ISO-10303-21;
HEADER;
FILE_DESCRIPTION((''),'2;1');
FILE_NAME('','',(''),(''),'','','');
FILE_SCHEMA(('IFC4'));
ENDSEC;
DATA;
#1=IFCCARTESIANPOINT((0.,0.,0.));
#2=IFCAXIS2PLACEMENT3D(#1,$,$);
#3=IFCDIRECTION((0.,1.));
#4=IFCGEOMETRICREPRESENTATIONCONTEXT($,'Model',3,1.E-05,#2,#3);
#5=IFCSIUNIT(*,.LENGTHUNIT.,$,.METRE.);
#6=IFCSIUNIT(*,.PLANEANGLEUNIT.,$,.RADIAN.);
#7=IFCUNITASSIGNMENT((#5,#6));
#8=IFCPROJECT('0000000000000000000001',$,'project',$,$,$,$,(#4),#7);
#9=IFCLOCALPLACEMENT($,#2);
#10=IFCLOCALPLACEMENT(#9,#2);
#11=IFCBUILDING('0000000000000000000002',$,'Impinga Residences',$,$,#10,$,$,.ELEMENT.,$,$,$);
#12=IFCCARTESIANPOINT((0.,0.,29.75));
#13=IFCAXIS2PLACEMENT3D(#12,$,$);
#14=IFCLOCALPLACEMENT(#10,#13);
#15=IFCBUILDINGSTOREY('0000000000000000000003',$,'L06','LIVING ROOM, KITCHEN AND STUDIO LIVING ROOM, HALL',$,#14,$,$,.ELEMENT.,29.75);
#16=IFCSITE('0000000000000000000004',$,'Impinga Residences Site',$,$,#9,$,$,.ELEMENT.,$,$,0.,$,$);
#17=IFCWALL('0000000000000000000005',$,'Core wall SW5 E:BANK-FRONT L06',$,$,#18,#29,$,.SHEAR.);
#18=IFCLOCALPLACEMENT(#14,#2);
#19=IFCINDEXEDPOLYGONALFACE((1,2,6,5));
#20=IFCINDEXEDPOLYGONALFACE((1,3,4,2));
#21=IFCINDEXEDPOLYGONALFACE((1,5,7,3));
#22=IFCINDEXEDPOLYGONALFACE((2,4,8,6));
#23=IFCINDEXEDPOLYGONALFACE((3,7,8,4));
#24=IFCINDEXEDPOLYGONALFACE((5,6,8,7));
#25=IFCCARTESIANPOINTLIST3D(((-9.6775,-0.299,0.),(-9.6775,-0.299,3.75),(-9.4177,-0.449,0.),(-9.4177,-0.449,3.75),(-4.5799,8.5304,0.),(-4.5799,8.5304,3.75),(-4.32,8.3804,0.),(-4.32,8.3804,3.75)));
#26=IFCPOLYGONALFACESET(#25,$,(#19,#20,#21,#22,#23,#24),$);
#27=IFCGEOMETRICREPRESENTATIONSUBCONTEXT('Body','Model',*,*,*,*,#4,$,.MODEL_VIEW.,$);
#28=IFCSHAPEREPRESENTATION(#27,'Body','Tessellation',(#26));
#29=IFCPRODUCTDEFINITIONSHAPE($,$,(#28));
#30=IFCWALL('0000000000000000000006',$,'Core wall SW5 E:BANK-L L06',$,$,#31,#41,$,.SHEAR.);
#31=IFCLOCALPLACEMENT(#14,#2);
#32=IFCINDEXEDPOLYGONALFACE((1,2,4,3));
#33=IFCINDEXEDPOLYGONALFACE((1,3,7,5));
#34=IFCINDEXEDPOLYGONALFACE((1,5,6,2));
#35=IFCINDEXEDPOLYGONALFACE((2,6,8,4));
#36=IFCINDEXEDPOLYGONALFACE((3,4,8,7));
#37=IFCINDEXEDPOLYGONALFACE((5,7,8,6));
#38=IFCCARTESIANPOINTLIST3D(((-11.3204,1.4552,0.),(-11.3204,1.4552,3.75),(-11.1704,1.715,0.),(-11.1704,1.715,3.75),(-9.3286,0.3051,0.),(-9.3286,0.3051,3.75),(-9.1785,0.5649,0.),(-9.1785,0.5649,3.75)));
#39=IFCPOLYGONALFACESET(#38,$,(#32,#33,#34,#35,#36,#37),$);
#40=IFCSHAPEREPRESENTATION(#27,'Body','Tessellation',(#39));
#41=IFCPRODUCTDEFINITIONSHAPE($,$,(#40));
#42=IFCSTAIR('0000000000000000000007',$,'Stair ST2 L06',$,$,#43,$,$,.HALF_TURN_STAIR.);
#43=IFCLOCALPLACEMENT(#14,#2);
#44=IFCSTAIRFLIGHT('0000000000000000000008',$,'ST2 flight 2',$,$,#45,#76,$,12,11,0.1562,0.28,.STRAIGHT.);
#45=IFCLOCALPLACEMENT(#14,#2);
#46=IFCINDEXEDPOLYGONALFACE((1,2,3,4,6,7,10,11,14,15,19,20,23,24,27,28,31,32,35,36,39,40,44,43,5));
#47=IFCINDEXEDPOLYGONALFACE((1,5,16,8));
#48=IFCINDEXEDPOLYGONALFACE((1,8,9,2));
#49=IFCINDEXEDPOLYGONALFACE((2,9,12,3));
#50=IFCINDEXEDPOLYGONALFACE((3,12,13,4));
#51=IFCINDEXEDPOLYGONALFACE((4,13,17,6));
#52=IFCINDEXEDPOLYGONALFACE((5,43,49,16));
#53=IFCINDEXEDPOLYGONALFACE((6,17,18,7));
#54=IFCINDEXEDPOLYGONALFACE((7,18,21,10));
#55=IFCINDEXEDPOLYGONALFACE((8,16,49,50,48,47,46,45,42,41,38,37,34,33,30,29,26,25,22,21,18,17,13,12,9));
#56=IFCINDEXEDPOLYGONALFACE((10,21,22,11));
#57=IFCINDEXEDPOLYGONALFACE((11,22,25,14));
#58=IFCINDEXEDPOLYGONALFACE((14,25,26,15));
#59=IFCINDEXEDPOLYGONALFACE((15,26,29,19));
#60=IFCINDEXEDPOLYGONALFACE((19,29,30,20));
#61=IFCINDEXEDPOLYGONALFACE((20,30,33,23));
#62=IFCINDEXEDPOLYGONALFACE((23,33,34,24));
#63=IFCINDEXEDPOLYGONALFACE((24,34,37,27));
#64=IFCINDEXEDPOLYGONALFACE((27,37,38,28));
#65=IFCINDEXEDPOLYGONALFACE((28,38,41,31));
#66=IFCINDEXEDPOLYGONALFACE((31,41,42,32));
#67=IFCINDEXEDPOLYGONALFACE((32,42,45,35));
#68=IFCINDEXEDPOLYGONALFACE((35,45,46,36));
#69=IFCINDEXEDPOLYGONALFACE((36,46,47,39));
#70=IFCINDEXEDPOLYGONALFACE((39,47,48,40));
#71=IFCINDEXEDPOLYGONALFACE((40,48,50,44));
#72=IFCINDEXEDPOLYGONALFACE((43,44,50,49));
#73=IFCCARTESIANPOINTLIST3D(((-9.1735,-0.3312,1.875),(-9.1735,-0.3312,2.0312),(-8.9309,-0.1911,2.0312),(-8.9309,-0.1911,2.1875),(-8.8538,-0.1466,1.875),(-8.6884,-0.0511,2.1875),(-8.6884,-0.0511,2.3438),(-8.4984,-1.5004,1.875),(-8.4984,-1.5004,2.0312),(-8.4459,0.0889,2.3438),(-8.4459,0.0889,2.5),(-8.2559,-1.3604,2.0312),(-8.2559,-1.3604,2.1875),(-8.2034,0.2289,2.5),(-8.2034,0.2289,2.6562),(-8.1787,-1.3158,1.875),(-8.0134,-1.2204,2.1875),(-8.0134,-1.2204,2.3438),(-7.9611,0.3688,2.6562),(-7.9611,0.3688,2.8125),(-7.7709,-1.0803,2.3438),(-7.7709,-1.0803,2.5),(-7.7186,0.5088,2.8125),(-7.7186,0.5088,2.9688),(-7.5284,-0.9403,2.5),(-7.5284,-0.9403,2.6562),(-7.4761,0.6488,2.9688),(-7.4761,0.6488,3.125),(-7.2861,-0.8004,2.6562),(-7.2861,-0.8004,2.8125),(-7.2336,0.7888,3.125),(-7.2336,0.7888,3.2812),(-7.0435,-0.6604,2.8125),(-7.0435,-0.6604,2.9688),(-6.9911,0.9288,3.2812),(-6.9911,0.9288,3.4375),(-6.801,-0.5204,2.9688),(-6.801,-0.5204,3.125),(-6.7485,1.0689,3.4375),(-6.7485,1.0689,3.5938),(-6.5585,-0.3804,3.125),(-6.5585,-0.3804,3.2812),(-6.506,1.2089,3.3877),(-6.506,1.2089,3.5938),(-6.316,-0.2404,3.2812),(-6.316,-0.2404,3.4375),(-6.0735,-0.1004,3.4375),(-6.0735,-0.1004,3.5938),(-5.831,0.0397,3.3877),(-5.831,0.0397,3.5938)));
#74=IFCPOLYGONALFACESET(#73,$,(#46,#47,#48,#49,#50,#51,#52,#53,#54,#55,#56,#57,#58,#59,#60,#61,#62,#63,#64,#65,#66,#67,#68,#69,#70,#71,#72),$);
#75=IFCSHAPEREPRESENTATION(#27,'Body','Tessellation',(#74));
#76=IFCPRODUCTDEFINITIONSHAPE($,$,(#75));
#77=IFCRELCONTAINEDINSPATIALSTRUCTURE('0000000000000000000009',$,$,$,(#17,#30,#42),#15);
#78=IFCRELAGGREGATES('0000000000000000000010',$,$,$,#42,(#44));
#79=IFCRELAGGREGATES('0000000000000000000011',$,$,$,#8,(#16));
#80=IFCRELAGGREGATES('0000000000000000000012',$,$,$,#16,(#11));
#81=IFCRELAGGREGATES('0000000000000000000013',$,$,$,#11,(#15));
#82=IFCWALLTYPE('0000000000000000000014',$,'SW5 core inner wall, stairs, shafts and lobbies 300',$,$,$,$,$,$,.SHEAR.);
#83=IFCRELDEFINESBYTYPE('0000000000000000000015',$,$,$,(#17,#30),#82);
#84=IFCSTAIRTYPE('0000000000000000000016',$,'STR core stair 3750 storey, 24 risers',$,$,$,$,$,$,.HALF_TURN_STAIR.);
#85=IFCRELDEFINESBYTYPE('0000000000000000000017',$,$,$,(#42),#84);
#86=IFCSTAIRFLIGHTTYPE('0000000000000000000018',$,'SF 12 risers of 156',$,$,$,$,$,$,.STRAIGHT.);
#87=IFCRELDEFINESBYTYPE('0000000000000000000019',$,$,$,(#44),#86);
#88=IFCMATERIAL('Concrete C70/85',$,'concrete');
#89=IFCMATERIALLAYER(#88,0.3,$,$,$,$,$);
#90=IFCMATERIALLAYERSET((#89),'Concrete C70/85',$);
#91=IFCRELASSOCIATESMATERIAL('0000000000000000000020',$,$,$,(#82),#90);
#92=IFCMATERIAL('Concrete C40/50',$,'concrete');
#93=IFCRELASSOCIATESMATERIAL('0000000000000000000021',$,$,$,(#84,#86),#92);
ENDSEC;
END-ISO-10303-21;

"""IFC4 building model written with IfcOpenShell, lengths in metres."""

from ifc_helpers import new_model, si_unit, direction, frame, frame_2d, origin, place, context, subcontext, project, spatial, polyline, rectangle, outline, extrude, material, layer, layer_set, type_object, element, aggregate, save


model = new_model("IFC4")

# Units and contexts
model_context = context("Model", 3, precision=1e-05, world=origin(), true_north=direction((0.0, 1.0)))
body_context = subcontext(model_context, "Body", "Model", "MODEL_VIEW")
ifc_project = project(units=[si_unit("LENGTHUNIT", "METRE"), si_unit("PLANEANGLEUNIT", "RADIAN")], contexts=[model_context])

# Site, building, storey
site_placement = place(None, origin())
site = spatial("IfcSite", under=ifc_project, at=site_placement, Name="Impinga Residences Site", CompositionType="ELEMENT", RefElevation=0.0)
building_placement = place(site_placement, origin())
building = spatial("IfcBuilding", under=site, at=building_placement, Name="Impinga Residences", CompositionType="ELEMENT")
storey_placement = place(building_placement, frame((0.0, 0.0, 29.75)))
storey = spatial("IfcBuildingStorey", under=building, at=storey_placement, Name="L06", Description="LIVING ROOM, KITCHEN AND STUDIO LIVING ROOM, HALL", CompositionType="ELEMENT", Elevation=29.75)

# Shared definitions
ifc_material_1 = material(Name="Concrete C70/85", Category="concrete")

# Walls
ifc_layer_1 = layer(ifc_material_1, 0.3)
ifc_layer_set_1 = layer_set([ifc_layer_1], Name="Concrete C70/85")
wall_type_1 = type_object("IfcWallType", Name="SW5 core inner wall, stairs, shafts and lobbies 300", PredefinedType="SHEAR", material=ifc_layer_set_1)
wall_1_placement = place(storey_placement, frame((-9.5476, -0.374, 0.0), z_axis=(0.0, 0.0, 1.0), x_axis=(0.500002, 0.866024, 0.0)))
element("IfcWall", 1, at=wall_1_placement, inside=storey, type_object=wall_type_1, Name="Core wall SW5 E:BANK-FRONT L06", PredefinedType="SHEAR", context=body_context, shape_type="SweptSolid", body=[
    extrude(rectangle(XDim=10.1953, YDim=0.3, at=frame_2d((5.0977, 0.0))), origin(), (0.0, 0.0, 1.0), 3.75),
])
wall_2_placement = place(storey_placement, frame((-9.2537, 0.4351, 0.0), z_axis=(0.0, 0.0, 1.0), x_axis=(-0.866007, 0.500032, 0.0)))
element("IfcWall", 2, at=wall_2_placement, inside=storey, type_object=wall_type_1, Name="Core wall SW5 E:BANK-L L06", PredefinedType="SHEAR", context=body_context, shape_type="SweptSolid", body=[
    extrude(rectangle(XDim=2.3, YDim=0.3, at=frame_2d((1.1499, 0.0))), origin(), (0.0, 0.0, 1.0), 3.75),
])

# Stair, stair flight
ifc_material_2 = material(Name="Concrete C40/50", Category="concrete")
stair_type = type_object("IfcStairType", Name="STR core stair 3750 storey, 24 risers", PredefinedType="HALF_TURN_STAIR", material=ifc_material_2)
stair_placement = place(storey_placement, origin())
stair = element("IfcStair", 3, at=stair_placement, inside=storey, type_object=stair_type, Name="Stair ST2 L06", PredefinedType="HALF_TURN_STAIR")
stair_flight_type = type_object("IfcStairFlightType", Name="SF 12 risers of 156", PredefinedType="STRAIGHT", material=ifc_material_2)
stair_flight_placement = place(storey_placement, frame((-8.8359, -0.9158, 1.875), z_axis=(0.0, 0.0, 1.0), x_axis=(0.866025, 0.5, 0.0)))
stair_flight = element("IfcStairFlight", 4, at=stair_flight_placement, type_object=stair_flight_type, Name="ST2 flight 2", NumberOfRisers=12, NumberOfTreads=11, PredefinedType="STRAIGHT", RiserHeight=0.1562, TreadLength=0.28, context=body_context, shape_type="SweptSolid", body=[
    extrude(outline(polyline([(0.0, 0.0), (0.0, 0.1562), (0.28, 0.1562), (0.28, 0.3125), (0.5601, 0.3125), (0.5601, 0.4688), (0.8401, 0.4688), (0.8401, 0.625), (1.1201, 0.625), (1.1201, 0.7812), (1.3999, 0.7812), (1.3999, 0.9375), (1.6799, 0.9375), (1.6799, 1.0938), (1.96, 1.0938), (1.96, 1.25), (2.24, 1.25), (2.24, 1.4062), (2.52, 1.4062), (2.52, 1.5625), (2.8, 1.5625), (2.8, 1.7188), (3.0801, 1.7188), (3.0801, 1.875), (3.0801, 1.5127), (0.3691, 0.0), (0.0, 0.0)])), frame((0.0, 0.675, 0.0), z_axis=(0.0, -1.0, 0.0), x_axis=(1.0, 0.0, 0.0)), (0.0, 0.0, 1.0), 1.3501),
])
aggregate(stair, [stair_flight])

save(model, "model.ifc")
